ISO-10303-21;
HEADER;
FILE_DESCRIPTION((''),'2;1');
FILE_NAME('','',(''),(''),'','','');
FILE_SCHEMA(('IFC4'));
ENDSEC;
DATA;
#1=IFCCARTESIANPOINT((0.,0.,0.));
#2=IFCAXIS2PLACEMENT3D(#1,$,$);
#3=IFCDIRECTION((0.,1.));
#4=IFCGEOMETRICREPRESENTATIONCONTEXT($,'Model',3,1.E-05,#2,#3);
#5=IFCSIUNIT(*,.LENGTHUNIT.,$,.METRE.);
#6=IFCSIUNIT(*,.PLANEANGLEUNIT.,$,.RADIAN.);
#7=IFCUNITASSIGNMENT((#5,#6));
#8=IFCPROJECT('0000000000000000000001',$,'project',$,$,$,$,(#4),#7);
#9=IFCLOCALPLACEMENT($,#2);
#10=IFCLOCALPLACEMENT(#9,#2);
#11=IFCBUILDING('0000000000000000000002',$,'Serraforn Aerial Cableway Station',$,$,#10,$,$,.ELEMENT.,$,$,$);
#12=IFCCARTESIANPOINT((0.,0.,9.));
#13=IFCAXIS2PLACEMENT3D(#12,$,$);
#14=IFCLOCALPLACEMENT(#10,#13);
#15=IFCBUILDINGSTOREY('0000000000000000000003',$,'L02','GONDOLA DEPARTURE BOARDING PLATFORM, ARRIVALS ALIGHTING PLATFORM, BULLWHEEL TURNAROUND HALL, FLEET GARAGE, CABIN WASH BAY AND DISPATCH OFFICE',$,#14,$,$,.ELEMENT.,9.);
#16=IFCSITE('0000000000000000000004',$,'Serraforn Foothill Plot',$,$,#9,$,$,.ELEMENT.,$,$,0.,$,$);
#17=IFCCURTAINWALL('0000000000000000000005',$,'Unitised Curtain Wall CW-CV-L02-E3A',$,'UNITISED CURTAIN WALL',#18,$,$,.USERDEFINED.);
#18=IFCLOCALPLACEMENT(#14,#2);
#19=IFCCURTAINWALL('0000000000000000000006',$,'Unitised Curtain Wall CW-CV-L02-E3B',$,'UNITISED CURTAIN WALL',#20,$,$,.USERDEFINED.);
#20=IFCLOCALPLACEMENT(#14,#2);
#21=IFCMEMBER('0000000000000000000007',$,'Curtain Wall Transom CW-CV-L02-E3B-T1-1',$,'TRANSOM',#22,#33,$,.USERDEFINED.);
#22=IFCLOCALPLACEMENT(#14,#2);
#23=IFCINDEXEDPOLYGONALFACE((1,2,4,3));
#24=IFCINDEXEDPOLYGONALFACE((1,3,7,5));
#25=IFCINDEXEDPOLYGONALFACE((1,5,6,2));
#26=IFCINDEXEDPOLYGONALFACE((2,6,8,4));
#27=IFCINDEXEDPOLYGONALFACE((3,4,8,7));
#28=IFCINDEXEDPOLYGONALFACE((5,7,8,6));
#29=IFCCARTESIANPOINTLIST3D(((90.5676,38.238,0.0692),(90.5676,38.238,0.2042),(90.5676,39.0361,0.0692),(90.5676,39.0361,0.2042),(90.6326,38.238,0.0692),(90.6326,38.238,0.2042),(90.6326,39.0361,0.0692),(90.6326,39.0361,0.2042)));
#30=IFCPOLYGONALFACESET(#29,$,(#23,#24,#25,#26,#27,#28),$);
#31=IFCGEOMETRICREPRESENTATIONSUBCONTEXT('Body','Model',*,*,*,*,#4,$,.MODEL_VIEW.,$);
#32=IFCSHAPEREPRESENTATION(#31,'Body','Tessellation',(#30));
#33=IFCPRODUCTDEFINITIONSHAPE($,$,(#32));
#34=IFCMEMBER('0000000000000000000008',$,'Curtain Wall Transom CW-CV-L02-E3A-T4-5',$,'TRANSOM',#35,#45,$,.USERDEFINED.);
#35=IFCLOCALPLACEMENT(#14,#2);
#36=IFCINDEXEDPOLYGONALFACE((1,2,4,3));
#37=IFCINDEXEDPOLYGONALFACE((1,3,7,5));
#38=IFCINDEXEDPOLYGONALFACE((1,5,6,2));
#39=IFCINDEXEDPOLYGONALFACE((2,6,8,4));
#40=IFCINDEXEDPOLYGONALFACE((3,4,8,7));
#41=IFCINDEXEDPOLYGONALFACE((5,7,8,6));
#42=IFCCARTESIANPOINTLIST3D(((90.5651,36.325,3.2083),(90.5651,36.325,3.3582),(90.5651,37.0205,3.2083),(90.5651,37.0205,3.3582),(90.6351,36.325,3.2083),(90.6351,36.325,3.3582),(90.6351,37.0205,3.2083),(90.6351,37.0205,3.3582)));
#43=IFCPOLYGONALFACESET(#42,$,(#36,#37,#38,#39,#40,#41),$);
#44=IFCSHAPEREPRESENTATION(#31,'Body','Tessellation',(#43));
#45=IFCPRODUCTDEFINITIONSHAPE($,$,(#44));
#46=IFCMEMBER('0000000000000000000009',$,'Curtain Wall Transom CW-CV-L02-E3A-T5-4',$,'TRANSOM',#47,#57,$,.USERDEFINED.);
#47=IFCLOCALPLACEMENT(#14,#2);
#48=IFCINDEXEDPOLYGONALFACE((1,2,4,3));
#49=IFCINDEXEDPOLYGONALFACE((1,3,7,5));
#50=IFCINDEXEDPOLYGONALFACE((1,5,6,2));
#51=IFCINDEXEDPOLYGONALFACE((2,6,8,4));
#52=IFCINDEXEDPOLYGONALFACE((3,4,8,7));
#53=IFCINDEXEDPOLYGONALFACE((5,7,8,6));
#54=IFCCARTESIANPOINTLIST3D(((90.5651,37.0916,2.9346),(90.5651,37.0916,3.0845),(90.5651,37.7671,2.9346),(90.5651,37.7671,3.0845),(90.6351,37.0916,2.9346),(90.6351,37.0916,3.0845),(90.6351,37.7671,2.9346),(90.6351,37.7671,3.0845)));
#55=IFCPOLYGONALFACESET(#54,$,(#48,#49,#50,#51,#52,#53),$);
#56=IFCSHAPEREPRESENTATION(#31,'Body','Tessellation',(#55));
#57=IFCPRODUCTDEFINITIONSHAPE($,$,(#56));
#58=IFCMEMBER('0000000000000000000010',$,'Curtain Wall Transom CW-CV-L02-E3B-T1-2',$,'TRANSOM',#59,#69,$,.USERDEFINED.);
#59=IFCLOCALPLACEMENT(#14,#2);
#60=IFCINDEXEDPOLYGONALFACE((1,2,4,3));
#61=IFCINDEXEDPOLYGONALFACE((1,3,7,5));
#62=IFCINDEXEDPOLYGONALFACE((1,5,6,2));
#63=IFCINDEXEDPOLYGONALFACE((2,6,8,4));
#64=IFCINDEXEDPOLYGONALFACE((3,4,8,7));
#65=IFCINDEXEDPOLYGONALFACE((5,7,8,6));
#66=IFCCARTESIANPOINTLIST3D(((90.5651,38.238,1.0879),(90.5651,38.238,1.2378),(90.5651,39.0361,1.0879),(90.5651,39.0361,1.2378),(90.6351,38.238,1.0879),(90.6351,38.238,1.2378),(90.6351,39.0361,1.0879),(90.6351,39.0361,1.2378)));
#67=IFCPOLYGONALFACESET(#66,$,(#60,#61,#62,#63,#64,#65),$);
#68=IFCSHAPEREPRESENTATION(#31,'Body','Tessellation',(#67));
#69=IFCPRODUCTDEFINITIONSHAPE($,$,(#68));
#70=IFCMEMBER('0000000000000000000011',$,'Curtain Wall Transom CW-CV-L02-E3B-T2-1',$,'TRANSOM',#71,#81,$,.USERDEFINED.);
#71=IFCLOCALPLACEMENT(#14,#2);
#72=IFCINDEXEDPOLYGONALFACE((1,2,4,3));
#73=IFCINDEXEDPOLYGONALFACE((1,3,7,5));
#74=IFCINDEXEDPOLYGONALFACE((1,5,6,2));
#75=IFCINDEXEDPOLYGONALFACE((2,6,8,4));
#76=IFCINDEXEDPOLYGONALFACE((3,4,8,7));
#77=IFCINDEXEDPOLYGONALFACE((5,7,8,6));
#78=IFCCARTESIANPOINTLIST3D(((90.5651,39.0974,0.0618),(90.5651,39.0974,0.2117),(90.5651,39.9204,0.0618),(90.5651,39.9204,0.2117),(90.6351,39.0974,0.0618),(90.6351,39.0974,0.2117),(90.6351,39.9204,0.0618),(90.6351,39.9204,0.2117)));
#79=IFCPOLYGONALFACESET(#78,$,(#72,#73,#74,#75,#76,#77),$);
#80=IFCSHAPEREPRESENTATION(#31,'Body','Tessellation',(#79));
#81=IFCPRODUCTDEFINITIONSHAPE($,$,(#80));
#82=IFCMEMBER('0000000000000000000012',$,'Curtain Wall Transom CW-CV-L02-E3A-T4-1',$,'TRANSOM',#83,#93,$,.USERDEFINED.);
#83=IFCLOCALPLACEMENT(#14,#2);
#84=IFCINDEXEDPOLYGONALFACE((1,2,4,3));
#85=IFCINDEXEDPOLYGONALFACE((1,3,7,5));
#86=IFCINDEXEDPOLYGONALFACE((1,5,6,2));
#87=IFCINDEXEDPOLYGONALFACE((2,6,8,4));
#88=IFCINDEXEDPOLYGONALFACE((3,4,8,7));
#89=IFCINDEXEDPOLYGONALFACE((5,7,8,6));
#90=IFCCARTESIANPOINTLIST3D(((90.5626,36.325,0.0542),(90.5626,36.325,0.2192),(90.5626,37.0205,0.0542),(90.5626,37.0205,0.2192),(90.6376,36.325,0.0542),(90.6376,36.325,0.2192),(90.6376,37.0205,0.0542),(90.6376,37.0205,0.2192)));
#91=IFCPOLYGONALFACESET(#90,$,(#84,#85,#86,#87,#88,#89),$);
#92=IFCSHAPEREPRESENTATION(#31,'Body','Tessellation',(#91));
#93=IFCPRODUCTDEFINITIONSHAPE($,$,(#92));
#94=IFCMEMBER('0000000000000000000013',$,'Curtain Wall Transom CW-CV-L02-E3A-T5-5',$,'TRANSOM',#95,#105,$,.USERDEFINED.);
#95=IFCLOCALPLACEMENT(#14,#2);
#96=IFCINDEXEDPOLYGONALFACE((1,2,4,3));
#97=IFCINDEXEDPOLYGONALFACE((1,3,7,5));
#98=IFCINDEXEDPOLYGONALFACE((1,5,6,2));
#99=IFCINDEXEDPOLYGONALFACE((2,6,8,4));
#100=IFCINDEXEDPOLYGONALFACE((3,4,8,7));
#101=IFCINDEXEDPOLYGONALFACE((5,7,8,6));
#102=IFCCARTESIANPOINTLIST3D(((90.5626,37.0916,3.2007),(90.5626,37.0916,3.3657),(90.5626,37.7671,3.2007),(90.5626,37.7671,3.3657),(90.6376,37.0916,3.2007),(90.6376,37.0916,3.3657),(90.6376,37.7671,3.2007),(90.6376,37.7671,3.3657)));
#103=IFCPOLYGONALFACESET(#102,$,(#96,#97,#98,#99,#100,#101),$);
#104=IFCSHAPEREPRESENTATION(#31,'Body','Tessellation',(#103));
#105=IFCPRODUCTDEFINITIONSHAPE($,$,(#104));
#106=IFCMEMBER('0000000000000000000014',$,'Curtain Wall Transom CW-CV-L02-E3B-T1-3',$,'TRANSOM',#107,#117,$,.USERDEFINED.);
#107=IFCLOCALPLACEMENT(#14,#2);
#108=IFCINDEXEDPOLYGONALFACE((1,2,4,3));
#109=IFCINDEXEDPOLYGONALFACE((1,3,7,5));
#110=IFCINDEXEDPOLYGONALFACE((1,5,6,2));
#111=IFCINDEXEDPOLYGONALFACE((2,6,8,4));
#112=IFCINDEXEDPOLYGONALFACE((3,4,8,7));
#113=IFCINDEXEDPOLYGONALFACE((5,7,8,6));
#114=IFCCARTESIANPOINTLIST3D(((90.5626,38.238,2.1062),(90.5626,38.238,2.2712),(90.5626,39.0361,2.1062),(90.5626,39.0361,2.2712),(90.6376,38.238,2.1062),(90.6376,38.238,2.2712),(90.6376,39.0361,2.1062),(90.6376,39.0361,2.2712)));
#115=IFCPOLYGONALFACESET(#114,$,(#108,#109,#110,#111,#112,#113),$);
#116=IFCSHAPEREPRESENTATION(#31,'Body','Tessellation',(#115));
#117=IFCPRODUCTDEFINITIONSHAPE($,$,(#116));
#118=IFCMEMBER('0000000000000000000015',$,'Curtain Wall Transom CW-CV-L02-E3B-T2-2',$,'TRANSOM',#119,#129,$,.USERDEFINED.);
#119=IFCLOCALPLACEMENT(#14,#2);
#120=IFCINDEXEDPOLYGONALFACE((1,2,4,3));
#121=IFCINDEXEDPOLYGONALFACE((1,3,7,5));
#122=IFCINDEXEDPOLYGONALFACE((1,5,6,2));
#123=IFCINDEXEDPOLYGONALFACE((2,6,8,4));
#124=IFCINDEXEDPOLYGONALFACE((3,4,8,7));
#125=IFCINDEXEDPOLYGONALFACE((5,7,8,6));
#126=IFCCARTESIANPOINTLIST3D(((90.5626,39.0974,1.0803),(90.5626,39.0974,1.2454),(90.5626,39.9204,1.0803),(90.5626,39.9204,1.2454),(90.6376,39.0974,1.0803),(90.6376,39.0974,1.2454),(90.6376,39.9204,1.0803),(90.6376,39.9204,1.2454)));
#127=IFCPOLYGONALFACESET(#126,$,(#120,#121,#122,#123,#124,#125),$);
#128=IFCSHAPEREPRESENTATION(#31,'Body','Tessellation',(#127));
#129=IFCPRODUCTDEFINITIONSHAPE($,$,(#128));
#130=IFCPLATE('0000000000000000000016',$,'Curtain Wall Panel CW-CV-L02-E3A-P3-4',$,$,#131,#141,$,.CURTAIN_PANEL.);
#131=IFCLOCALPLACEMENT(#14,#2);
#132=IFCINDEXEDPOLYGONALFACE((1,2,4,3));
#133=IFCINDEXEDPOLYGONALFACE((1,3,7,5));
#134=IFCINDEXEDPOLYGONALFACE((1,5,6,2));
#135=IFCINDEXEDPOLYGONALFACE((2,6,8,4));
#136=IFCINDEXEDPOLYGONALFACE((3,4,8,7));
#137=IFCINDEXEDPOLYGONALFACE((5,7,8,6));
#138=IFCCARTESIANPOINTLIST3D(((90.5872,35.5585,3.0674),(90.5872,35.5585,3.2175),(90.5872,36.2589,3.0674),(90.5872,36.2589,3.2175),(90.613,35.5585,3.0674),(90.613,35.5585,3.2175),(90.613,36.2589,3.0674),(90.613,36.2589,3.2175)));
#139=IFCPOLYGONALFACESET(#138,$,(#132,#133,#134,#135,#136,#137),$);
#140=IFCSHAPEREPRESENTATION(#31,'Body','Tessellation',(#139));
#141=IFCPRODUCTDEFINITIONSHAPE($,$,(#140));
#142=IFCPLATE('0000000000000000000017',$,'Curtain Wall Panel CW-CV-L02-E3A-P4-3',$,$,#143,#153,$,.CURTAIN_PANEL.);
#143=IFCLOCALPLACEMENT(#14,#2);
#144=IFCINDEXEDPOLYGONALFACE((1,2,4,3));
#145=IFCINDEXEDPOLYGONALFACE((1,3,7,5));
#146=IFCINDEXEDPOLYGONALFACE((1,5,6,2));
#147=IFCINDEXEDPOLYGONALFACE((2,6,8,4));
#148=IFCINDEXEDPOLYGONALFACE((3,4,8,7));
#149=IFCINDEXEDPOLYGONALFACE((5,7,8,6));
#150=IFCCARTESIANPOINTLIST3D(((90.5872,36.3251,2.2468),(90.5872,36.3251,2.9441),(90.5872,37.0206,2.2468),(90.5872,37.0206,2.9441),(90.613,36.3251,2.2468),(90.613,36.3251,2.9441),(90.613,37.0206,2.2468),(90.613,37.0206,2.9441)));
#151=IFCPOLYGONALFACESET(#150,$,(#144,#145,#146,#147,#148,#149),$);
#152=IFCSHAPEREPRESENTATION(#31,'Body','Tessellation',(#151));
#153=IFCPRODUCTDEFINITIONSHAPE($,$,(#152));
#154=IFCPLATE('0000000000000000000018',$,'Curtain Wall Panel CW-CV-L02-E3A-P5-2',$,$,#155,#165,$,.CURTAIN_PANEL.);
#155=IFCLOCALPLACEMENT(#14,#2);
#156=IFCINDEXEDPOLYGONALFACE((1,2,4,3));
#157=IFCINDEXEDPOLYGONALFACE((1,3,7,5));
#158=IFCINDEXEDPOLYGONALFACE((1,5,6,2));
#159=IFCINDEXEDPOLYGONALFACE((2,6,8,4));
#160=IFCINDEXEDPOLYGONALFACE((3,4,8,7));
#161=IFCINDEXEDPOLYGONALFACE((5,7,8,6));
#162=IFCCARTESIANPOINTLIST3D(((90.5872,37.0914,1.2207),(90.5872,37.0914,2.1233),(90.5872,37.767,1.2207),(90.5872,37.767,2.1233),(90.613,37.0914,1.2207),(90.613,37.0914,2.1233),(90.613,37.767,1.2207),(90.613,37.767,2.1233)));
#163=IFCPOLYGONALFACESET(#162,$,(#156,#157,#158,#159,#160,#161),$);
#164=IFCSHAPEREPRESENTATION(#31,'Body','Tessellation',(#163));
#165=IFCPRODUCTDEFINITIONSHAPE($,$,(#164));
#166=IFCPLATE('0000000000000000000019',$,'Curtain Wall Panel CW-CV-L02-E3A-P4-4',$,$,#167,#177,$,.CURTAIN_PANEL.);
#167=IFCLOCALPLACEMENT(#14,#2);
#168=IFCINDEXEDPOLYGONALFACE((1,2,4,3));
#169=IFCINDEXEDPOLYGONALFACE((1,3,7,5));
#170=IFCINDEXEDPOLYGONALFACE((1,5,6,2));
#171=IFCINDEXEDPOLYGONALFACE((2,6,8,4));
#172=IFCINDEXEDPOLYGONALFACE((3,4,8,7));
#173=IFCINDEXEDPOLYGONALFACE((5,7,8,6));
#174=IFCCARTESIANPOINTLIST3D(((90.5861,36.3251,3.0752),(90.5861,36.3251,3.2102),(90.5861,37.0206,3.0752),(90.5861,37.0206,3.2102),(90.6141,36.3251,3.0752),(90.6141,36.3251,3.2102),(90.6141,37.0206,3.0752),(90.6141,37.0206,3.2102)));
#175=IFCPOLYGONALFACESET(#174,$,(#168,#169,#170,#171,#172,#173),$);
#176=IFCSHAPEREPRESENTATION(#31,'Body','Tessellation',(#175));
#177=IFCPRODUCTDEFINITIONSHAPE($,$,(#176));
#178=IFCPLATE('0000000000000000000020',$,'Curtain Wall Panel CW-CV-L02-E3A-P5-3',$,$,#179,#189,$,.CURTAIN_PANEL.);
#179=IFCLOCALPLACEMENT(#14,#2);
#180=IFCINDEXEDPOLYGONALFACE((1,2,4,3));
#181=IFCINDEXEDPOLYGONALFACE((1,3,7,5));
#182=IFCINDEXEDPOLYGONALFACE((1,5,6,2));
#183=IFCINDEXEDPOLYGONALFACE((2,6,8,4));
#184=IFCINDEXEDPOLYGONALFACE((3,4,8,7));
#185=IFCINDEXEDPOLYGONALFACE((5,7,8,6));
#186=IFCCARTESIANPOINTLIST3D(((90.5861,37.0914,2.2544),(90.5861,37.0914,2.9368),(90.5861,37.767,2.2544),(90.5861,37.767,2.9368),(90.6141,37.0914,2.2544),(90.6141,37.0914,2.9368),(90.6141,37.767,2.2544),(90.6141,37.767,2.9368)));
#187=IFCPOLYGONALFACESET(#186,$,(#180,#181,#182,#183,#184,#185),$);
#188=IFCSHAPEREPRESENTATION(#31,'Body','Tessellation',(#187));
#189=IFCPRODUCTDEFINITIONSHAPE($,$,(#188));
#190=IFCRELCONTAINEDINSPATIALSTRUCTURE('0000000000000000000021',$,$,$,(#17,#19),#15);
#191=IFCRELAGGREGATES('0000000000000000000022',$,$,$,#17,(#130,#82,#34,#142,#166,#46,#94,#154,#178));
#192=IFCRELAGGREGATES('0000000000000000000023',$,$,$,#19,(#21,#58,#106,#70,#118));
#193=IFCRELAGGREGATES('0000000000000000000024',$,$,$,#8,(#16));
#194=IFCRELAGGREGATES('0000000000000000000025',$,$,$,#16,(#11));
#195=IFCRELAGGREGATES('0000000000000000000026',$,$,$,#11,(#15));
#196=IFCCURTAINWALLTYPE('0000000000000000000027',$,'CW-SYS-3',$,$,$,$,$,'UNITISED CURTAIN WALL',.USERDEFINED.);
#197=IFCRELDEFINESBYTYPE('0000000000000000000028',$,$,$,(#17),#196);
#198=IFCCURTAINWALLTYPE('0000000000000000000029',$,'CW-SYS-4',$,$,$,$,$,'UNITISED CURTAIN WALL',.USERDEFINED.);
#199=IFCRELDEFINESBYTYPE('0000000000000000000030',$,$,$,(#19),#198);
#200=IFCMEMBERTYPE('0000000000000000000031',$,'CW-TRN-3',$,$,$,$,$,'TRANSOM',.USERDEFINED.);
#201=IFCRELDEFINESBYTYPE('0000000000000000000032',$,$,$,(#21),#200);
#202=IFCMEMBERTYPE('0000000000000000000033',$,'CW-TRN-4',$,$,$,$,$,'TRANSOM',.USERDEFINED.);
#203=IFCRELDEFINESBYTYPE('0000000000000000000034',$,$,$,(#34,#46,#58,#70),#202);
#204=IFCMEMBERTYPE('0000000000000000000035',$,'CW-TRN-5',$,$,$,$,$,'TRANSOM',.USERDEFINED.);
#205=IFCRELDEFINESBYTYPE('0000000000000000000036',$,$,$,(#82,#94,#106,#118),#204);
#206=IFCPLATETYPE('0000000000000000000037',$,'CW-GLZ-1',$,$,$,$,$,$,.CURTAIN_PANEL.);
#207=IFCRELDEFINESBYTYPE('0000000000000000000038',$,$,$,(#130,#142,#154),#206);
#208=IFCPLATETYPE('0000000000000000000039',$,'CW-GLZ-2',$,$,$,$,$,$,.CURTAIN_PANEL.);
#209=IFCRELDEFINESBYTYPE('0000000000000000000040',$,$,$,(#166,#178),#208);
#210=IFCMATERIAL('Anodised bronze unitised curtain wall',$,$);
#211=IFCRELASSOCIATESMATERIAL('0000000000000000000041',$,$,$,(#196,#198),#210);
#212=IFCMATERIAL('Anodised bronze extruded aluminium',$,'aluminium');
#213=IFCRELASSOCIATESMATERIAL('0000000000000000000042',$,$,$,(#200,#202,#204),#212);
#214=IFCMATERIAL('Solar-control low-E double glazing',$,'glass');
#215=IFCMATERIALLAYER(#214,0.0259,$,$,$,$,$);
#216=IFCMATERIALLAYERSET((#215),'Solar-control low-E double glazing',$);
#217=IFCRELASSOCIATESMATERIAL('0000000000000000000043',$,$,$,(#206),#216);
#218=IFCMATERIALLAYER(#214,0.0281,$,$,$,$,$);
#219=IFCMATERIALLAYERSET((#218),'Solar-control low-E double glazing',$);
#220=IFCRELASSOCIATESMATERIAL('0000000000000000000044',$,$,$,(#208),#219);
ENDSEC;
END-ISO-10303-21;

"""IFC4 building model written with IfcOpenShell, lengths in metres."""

from ifc_helpers import new_model, si_unit, direction, frame, origin, origin_2d, place, context, subcontext, project, spatial, rectangle, extrude, material, layer, layer_set, material_profile, profile_set, type_object, element, aggregate, save


model = new_model("IFC4")

# Units and contexts
model_context = context("Model", 3, precision=1e-05, world=origin(), true_north=direction((0.0, 1.0)))
body_context = subcontext(model_context, "Body", "Model", "MODEL_VIEW")
ifc_project = project(units=[si_unit("LENGTHUNIT", "METRE"), si_unit("PLANEANGLEUNIT", "RADIAN")], contexts=[model_context])

# Site, building, storey
site_placement = place(None, origin())
site = spatial("IfcSite", under=ifc_project, at=site_placement, Name="Serraforn Foothill Plot", CompositionType="ELEMENT", RefElevation=0.0)
building_placement = place(site_placement, origin())
building = spatial("IfcBuilding", under=site, at=building_placement, Name="Serraforn Aerial Cableway Station", CompositionType="ELEMENT")
storey_placement = place(building_placement, frame((0.0, 0.0, 9.0)))
storey = spatial("IfcBuildingStorey", under=building, at=storey_placement, Name="L02", Description="GONDOLA DEPARTURE BOARDING PLATFORM, ARRIVALS ALIGHTING PLATFORM, BULLWHEEL TURNAROUND HALL, FLEET GARAGE, CABIN WASH BAY AND DISPATCH OFFICE", CompositionType="ELEMENT", Elevation=9.0)

# Curtain wall
ifc_material_1 = material(Name="Anodised bronze unitised curtain wall")
curtain_wall_type_1 = type_object("IfcCurtainWallType", Name="CW-SYS-3", ElementType="UNITISED CURTAIN WALL", PredefinedType="USERDEFINED", material=ifc_material_1)
curtain_wall_1_placement = place(storey_placement, origin())
curtain_wall_1 = element("IfcCurtainWall", 1, at=curtain_wall_1_placement, inside=storey, type_object=curtain_wall_type_1, Name="Unitised Curtain Wall CW-CV-L02-E3A", ObjectType="UNITISED CURTAIN WALL", PredefinedType="USERDEFINED")
ifc_material_2 = material(Name="Anodised bronze extruded aluminium", Category="aluminium")

# Curtain wall
curtain_wall_type_2 = type_object("IfcCurtainWallType", Name="CW-SYS-4", ElementType="UNITISED CURTAIN WALL", PredefinedType="USERDEFINED", material=ifc_material_1)
curtain_wall_2_placement = place(storey_placement, origin())
curtain_wall_2 = element("IfcCurtainWall", 2, at=curtain_wall_2_placement, inside=storey, type_object=curtain_wall_type_2, Name="Unitised Curtain Wall CW-CV-L02-E3B", ObjectType="UNITISED CURTAIN WALL", PredefinedType="USERDEFINED")

# Members
ifc_material_profile_1 = material_profile(ifc_material_2, rectangle(XDim=0.0649, YDim=0.135, at=origin_2d()), Name="CW TRANSOM 65x135")
ifc_profile_set_1 = profile_set([ifc_material_profile_1], Name="Anodised bronze extruded aluminium")
member_type_1 = type_object("IfcMemberType", Name="CW-TRN-3", ElementType="TRANSOM", PredefinedType="USERDEFINED", material=ifc_profile_set_1)
member_1_placement = place(storey_placement, frame((90.6001, 38.238, 0.1367), z_axis=(0.0, 1.0, 0.0), x_axis=(-1.0, 0.0, 0.0)))
member_1 = element("IfcMember", 3, at=member_1_placement, type_object=member_type_1, Name="Curtain Wall Transom CW-CV-L02-E3B-T1-1", ObjectType="TRANSOM", PredefinedType="USERDEFINED", context=body_context, shape_type="SweptSolid", body=[
    extrude(rectangle(XDim=0.0649, YDim=0.135, at=origin_2d()), origin(), (0.0, 0.0, 1.0), 0.7981),
])
ifc_material_profile_2 = material_profile(ifc_material_2, rectangle(XDim=0.0701, YDim=0.1499, at=origin_2d()), Name="CW TRANSOM 70x150")
ifc_profile_set_2 = profile_set([ifc_material_profile_2], Name="Anodised bronze extruded aluminium")
member_type_2 = type_object("IfcMemberType", Name="CW-TRN-4", ElementType="TRANSOM", PredefinedType="USERDEFINED", material=ifc_profile_set_2)
member_2_placement = place(storey_placement, frame((90.6001, 36.325, 3.2832), z_axis=(0.0, 1.0, 0.0), x_axis=(-1.0, 0.0, 0.0)))
member_2 = element("IfcMember", 4, at=member_2_placement, type_object=member_type_2, Name="Curtain Wall Transom CW-CV-L02-E3A-T4-5", ObjectType="TRANSOM", PredefinedType="USERDEFINED", context=body_context, shape_type="SweptSolid", body=[
    extrude(rectangle(XDim=0.0701, YDim=0.1499, at=origin_2d()), origin(), (0.0, 0.0, 1.0), 0.6956),
])
member_3_placement = place(storey_placement, frame((90.6001, 37.0916, 3.0095), z_axis=(0.0, 1.0, 0.0), x_axis=(-1.0, 0.0, 0.0)))
member_3 = element("IfcMember", 5, at=member_3_placement, type_object=member_type_2, Name="Curtain Wall Transom CW-CV-L02-E3A-T5-4", ObjectType="TRANSOM", PredefinedType="USERDEFINED", context=body_context, shape_type="SweptSolid", body=[
    extrude(rectangle(XDim=0.0701, YDim=0.1499, at=origin_2d()), origin(), (0.0, 0.0, 1.0), 0.6755),
])
member_4_placement = place(storey_placement, frame((90.6001, 38.238, 1.1628), z_axis=(0.0, 1.0, 0.0), x_axis=(-1.0, 0.0, 0.0)))
member_4 = element("IfcMember", 6, at=member_4_placement, type_object=member_type_2, Name="Curtain Wall Transom CW-CV-L02-E3B-T1-2", ObjectType="TRANSOM", PredefinedType="USERDEFINED", context=body_context, shape_type="SweptSolid", body=[
    extrude(rectangle(XDim=0.0701, YDim=0.1499, at=origin_2d()), origin(), (0.0, 0.0, 1.0), 0.7981),
])
member_5_placement = place(storey_placement, frame((90.6001, 39.0974, 0.1367), z_axis=(0.0, 1.0, 0.0), x_axis=(-1.0, 0.0, 0.0)))
member_5 = element("IfcMember", 7, at=member_5_placement, type_object=member_type_2, Name="Curtain Wall Transom CW-CV-L02-E3B-T2-1", ObjectType="TRANSOM", PredefinedType="USERDEFINED", context=body_context, shape_type="SweptSolid", body=[
    extrude(rectangle(XDim=0.0701, YDim=0.1499, at=origin_2d()), origin(), (0.0, 0.0, 1.0), 0.823),
])
ifc_material_profile_3 = material_profile(ifc_material_2, rectangle(XDim=0.075, YDim=0.165, at=origin_2d()), Name="CW TRANSOM 75x165")
ifc_profile_set_3 = profile_set([ifc_material_profile_3], Name="Anodised bronze extruded aluminium")
member_type_3 = type_object("IfcMemberType", Name="CW-TRN-5", ElementType="TRANSOM", PredefinedType="USERDEFINED", material=ifc_profile_set_3)
member_6_placement = place(storey_placement, frame((90.6001, 36.325, 0.1367), z_axis=(0.0, 1.0, 0.0), x_axis=(-1.0, 0.0, 0.0)))
member_6 = element("IfcMember", 8, at=member_6_placement, type_object=member_type_3, Name="Curtain Wall Transom CW-CV-L02-E3A-T4-1", ObjectType="TRANSOM", PredefinedType="USERDEFINED", context=body_context, shape_type="SweptSolid", body=[
    extrude(rectangle(XDim=0.075, YDim=0.165, at=origin_2d()), origin(), (0.0, 0.0, 1.0), 0.6956),
])
member_7_placement = place(storey_placement, frame((90.6001, 37.0916, 3.2832), z_axis=(0.0, 1.0, 0.0), x_axis=(-1.0, 0.0, 0.0)))
member_7 = element("IfcMember", 9, at=member_7_placement, type_object=member_type_3, Name="Curtain Wall Transom CW-CV-L02-E3A-T5-5", ObjectType="TRANSOM", PredefinedType="USERDEFINED", context=body_context, shape_type="SweptSolid", body=[
    extrude(rectangle(XDim=0.075, YDim=0.165, at=origin_2d()), origin(), (0.0, 0.0, 1.0), 0.6755),
])
member_8_placement = place(storey_placement, frame((90.6001, 38.238, 2.1887), z_axis=(0.0, 1.0, 0.0), x_axis=(-1.0, 0.0, 0.0)))
member_8 = element("IfcMember", 10, at=member_8_placement, type_object=member_type_3, Name="Curtain Wall Transom CW-CV-L02-E3B-T1-3", ObjectType="TRANSOM", PredefinedType="USERDEFINED", context=body_context, shape_type="SweptSolid", body=[
    extrude(rectangle(XDim=0.075, YDim=0.165, at=origin_2d()), origin(), (0.0, 0.0, 1.0), 0.7981),
])
member_9_placement = place(storey_placement, frame((90.6001, 39.0974, 1.1628), z_axis=(0.0, 1.0, 0.0), x_axis=(-1.0, 0.0, 0.0)))
member_9 = element("IfcMember", 11, at=member_9_placement, type_object=member_type_3, Name="Curtain Wall Transom CW-CV-L02-E3B-T2-2", ObjectType="TRANSOM", PredefinedType="USERDEFINED", context=body_context, shape_type="SweptSolid", body=[
    extrude(rectangle(XDim=0.075, YDim=0.165, at=origin_2d()), origin(), (0.0, 0.0, 1.0), 0.823),
])

# Plates
ifc_material_3 = material(Name="Solar-control low-E double glazing", Category="glass")
ifc_layer_1 = layer(ifc_material_3, 0.0259)
ifc_layer_set_1 = layer_set([ifc_layer_1], Name="Solar-control low-E double glazing")
plate_type_1 = type_object("IfcPlateType", Name="CW-GLZ-1", PredefinedType="CURTAIN_PANEL", material=ifc_layer_set_1)
plate_1_placement = place(storey_placement, frame((90.6001, 35.9087, 3.0674), z_axis=(0.0, 0.0, 1.0), x_axis=(1.0, 0.0, 0.0)))
plate_1 = element("IfcPlate", 12, at=plate_1_placement, type_object=plate_type_1, Name="Curtain Wall Panel CW-CV-L02-E3A-P3-4", PredefinedType="CURTAIN_PANEL", context=body_context, shape_type="SweptSolid", body=[
    extrude(rectangle(XDim=0.0259, YDim=0.7004, at=origin_2d()), origin(), (0.0, 0.0, 1.0), 0.1501),
])
plate_2_placement = place(storey_placement, frame((90.6001, 36.6729, 2.2468), z_axis=(0.0, 0.0, 1.0), x_axis=(1.0, 0.0, 0.0)))
plate_2 = element("IfcPlate", 13, at=plate_2_placement, type_object=plate_type_1, Name="Curtain Wall Panel CW-CV-L02-E3A-P4-3", PredefinedType="CURTAIN_PANEL", context=body_context, shape_type="SweptSolid", body=[
    extrude(rectangle(XDim=0.0259, YDim=0.6956, at=origin_2d()), origin(), (0.0, 0.0, 1.0), 0.6973),
])
plate_3_placement = place(storey_placement, frame((90.6001, 37.4292, 1.2207), z_axis=(0.0, 0.0, 1.0), x_axis=(1.0, 0.0, 0.0)))
plate_3 = element("IfcPlate", 14, at=plate_3_placement, type_object=plate_type_1, Name="Curtain Wall Panel CW-CV-L02-E3A-P5-2", PredefinedType="CURTAIN_PANEL", context=body_context, shape_type="SweptSolid", body=[
    extrude(rectangle(XDim=0.0259, YDim=0.6755, at=origin_2d()), origin(), (0.0, 0.0, 1.0), 0.9026),
])
ifc_layer_2 = layer(ifc_material_3, 0.0281)
ifc_layer_set_2 = layer_set([ifc_layer_2], Name="Solar-control low-E double glazing")
plate_type_2 = type_object("IfcPlateType", Name="CW-GLZ-2", PredefinedType="CURTAIN_PANEL", material=ifc_layer_set_2)
plate_4_placement = place(storey_placement, frame((90.6001, 36.6729, 3.0752), z_axis=(0.0, 0.0, 1.0), x_axis=(1.0, 0.0, 0.0)))
plate_4 = element("IfcPlate", 15, at=plate_4_placement, type_object=plate_type_2, Name="Curtain Wall Panel CW-CV-L02-E3A-P4-4", PredefinedType="CURTAIN_PANEL", context=body_context, shape_type="SweptSolid", body=[
    extrude(rectangle(XDim=0.0281, YDim=0.6956, at=origin_2d()), origin(), (0.0, 0.0, 1.0), 0.135),
])
plate_5_placement = place(storey_placement, frame((90.6001, 37.4292, 2.2544), z_axis=(0.0, 0.0, 1.0), x_axis=(1.0, 0.0, 0.0)))
plate_5 = element("IfcPlate", 16, at=plate_5_placement, type_object=plate_type_2, Name="Curtain Wall Panel CW-CV-L02-E3A-P5-3", PredefinedType="CURTAIN_PANEL", context=body_context, shape_type="SweptSolid", body=[
    extrude(rectangle(XDim=0.0281, YDim=0.6755, at=origin_2d()), origin(), (0.0, 0.0, 1.0), 0.6824),
])
aggregate(curtain_wall_1, [plate_1, member_6, member_2, plate_2, plate_4, member_3, member_7, plate_3, plate_5])
aggregate(curtain_wall_2, [member_1, member_4, member_8, member_5, member_9])

save(model, "model.ifc")
